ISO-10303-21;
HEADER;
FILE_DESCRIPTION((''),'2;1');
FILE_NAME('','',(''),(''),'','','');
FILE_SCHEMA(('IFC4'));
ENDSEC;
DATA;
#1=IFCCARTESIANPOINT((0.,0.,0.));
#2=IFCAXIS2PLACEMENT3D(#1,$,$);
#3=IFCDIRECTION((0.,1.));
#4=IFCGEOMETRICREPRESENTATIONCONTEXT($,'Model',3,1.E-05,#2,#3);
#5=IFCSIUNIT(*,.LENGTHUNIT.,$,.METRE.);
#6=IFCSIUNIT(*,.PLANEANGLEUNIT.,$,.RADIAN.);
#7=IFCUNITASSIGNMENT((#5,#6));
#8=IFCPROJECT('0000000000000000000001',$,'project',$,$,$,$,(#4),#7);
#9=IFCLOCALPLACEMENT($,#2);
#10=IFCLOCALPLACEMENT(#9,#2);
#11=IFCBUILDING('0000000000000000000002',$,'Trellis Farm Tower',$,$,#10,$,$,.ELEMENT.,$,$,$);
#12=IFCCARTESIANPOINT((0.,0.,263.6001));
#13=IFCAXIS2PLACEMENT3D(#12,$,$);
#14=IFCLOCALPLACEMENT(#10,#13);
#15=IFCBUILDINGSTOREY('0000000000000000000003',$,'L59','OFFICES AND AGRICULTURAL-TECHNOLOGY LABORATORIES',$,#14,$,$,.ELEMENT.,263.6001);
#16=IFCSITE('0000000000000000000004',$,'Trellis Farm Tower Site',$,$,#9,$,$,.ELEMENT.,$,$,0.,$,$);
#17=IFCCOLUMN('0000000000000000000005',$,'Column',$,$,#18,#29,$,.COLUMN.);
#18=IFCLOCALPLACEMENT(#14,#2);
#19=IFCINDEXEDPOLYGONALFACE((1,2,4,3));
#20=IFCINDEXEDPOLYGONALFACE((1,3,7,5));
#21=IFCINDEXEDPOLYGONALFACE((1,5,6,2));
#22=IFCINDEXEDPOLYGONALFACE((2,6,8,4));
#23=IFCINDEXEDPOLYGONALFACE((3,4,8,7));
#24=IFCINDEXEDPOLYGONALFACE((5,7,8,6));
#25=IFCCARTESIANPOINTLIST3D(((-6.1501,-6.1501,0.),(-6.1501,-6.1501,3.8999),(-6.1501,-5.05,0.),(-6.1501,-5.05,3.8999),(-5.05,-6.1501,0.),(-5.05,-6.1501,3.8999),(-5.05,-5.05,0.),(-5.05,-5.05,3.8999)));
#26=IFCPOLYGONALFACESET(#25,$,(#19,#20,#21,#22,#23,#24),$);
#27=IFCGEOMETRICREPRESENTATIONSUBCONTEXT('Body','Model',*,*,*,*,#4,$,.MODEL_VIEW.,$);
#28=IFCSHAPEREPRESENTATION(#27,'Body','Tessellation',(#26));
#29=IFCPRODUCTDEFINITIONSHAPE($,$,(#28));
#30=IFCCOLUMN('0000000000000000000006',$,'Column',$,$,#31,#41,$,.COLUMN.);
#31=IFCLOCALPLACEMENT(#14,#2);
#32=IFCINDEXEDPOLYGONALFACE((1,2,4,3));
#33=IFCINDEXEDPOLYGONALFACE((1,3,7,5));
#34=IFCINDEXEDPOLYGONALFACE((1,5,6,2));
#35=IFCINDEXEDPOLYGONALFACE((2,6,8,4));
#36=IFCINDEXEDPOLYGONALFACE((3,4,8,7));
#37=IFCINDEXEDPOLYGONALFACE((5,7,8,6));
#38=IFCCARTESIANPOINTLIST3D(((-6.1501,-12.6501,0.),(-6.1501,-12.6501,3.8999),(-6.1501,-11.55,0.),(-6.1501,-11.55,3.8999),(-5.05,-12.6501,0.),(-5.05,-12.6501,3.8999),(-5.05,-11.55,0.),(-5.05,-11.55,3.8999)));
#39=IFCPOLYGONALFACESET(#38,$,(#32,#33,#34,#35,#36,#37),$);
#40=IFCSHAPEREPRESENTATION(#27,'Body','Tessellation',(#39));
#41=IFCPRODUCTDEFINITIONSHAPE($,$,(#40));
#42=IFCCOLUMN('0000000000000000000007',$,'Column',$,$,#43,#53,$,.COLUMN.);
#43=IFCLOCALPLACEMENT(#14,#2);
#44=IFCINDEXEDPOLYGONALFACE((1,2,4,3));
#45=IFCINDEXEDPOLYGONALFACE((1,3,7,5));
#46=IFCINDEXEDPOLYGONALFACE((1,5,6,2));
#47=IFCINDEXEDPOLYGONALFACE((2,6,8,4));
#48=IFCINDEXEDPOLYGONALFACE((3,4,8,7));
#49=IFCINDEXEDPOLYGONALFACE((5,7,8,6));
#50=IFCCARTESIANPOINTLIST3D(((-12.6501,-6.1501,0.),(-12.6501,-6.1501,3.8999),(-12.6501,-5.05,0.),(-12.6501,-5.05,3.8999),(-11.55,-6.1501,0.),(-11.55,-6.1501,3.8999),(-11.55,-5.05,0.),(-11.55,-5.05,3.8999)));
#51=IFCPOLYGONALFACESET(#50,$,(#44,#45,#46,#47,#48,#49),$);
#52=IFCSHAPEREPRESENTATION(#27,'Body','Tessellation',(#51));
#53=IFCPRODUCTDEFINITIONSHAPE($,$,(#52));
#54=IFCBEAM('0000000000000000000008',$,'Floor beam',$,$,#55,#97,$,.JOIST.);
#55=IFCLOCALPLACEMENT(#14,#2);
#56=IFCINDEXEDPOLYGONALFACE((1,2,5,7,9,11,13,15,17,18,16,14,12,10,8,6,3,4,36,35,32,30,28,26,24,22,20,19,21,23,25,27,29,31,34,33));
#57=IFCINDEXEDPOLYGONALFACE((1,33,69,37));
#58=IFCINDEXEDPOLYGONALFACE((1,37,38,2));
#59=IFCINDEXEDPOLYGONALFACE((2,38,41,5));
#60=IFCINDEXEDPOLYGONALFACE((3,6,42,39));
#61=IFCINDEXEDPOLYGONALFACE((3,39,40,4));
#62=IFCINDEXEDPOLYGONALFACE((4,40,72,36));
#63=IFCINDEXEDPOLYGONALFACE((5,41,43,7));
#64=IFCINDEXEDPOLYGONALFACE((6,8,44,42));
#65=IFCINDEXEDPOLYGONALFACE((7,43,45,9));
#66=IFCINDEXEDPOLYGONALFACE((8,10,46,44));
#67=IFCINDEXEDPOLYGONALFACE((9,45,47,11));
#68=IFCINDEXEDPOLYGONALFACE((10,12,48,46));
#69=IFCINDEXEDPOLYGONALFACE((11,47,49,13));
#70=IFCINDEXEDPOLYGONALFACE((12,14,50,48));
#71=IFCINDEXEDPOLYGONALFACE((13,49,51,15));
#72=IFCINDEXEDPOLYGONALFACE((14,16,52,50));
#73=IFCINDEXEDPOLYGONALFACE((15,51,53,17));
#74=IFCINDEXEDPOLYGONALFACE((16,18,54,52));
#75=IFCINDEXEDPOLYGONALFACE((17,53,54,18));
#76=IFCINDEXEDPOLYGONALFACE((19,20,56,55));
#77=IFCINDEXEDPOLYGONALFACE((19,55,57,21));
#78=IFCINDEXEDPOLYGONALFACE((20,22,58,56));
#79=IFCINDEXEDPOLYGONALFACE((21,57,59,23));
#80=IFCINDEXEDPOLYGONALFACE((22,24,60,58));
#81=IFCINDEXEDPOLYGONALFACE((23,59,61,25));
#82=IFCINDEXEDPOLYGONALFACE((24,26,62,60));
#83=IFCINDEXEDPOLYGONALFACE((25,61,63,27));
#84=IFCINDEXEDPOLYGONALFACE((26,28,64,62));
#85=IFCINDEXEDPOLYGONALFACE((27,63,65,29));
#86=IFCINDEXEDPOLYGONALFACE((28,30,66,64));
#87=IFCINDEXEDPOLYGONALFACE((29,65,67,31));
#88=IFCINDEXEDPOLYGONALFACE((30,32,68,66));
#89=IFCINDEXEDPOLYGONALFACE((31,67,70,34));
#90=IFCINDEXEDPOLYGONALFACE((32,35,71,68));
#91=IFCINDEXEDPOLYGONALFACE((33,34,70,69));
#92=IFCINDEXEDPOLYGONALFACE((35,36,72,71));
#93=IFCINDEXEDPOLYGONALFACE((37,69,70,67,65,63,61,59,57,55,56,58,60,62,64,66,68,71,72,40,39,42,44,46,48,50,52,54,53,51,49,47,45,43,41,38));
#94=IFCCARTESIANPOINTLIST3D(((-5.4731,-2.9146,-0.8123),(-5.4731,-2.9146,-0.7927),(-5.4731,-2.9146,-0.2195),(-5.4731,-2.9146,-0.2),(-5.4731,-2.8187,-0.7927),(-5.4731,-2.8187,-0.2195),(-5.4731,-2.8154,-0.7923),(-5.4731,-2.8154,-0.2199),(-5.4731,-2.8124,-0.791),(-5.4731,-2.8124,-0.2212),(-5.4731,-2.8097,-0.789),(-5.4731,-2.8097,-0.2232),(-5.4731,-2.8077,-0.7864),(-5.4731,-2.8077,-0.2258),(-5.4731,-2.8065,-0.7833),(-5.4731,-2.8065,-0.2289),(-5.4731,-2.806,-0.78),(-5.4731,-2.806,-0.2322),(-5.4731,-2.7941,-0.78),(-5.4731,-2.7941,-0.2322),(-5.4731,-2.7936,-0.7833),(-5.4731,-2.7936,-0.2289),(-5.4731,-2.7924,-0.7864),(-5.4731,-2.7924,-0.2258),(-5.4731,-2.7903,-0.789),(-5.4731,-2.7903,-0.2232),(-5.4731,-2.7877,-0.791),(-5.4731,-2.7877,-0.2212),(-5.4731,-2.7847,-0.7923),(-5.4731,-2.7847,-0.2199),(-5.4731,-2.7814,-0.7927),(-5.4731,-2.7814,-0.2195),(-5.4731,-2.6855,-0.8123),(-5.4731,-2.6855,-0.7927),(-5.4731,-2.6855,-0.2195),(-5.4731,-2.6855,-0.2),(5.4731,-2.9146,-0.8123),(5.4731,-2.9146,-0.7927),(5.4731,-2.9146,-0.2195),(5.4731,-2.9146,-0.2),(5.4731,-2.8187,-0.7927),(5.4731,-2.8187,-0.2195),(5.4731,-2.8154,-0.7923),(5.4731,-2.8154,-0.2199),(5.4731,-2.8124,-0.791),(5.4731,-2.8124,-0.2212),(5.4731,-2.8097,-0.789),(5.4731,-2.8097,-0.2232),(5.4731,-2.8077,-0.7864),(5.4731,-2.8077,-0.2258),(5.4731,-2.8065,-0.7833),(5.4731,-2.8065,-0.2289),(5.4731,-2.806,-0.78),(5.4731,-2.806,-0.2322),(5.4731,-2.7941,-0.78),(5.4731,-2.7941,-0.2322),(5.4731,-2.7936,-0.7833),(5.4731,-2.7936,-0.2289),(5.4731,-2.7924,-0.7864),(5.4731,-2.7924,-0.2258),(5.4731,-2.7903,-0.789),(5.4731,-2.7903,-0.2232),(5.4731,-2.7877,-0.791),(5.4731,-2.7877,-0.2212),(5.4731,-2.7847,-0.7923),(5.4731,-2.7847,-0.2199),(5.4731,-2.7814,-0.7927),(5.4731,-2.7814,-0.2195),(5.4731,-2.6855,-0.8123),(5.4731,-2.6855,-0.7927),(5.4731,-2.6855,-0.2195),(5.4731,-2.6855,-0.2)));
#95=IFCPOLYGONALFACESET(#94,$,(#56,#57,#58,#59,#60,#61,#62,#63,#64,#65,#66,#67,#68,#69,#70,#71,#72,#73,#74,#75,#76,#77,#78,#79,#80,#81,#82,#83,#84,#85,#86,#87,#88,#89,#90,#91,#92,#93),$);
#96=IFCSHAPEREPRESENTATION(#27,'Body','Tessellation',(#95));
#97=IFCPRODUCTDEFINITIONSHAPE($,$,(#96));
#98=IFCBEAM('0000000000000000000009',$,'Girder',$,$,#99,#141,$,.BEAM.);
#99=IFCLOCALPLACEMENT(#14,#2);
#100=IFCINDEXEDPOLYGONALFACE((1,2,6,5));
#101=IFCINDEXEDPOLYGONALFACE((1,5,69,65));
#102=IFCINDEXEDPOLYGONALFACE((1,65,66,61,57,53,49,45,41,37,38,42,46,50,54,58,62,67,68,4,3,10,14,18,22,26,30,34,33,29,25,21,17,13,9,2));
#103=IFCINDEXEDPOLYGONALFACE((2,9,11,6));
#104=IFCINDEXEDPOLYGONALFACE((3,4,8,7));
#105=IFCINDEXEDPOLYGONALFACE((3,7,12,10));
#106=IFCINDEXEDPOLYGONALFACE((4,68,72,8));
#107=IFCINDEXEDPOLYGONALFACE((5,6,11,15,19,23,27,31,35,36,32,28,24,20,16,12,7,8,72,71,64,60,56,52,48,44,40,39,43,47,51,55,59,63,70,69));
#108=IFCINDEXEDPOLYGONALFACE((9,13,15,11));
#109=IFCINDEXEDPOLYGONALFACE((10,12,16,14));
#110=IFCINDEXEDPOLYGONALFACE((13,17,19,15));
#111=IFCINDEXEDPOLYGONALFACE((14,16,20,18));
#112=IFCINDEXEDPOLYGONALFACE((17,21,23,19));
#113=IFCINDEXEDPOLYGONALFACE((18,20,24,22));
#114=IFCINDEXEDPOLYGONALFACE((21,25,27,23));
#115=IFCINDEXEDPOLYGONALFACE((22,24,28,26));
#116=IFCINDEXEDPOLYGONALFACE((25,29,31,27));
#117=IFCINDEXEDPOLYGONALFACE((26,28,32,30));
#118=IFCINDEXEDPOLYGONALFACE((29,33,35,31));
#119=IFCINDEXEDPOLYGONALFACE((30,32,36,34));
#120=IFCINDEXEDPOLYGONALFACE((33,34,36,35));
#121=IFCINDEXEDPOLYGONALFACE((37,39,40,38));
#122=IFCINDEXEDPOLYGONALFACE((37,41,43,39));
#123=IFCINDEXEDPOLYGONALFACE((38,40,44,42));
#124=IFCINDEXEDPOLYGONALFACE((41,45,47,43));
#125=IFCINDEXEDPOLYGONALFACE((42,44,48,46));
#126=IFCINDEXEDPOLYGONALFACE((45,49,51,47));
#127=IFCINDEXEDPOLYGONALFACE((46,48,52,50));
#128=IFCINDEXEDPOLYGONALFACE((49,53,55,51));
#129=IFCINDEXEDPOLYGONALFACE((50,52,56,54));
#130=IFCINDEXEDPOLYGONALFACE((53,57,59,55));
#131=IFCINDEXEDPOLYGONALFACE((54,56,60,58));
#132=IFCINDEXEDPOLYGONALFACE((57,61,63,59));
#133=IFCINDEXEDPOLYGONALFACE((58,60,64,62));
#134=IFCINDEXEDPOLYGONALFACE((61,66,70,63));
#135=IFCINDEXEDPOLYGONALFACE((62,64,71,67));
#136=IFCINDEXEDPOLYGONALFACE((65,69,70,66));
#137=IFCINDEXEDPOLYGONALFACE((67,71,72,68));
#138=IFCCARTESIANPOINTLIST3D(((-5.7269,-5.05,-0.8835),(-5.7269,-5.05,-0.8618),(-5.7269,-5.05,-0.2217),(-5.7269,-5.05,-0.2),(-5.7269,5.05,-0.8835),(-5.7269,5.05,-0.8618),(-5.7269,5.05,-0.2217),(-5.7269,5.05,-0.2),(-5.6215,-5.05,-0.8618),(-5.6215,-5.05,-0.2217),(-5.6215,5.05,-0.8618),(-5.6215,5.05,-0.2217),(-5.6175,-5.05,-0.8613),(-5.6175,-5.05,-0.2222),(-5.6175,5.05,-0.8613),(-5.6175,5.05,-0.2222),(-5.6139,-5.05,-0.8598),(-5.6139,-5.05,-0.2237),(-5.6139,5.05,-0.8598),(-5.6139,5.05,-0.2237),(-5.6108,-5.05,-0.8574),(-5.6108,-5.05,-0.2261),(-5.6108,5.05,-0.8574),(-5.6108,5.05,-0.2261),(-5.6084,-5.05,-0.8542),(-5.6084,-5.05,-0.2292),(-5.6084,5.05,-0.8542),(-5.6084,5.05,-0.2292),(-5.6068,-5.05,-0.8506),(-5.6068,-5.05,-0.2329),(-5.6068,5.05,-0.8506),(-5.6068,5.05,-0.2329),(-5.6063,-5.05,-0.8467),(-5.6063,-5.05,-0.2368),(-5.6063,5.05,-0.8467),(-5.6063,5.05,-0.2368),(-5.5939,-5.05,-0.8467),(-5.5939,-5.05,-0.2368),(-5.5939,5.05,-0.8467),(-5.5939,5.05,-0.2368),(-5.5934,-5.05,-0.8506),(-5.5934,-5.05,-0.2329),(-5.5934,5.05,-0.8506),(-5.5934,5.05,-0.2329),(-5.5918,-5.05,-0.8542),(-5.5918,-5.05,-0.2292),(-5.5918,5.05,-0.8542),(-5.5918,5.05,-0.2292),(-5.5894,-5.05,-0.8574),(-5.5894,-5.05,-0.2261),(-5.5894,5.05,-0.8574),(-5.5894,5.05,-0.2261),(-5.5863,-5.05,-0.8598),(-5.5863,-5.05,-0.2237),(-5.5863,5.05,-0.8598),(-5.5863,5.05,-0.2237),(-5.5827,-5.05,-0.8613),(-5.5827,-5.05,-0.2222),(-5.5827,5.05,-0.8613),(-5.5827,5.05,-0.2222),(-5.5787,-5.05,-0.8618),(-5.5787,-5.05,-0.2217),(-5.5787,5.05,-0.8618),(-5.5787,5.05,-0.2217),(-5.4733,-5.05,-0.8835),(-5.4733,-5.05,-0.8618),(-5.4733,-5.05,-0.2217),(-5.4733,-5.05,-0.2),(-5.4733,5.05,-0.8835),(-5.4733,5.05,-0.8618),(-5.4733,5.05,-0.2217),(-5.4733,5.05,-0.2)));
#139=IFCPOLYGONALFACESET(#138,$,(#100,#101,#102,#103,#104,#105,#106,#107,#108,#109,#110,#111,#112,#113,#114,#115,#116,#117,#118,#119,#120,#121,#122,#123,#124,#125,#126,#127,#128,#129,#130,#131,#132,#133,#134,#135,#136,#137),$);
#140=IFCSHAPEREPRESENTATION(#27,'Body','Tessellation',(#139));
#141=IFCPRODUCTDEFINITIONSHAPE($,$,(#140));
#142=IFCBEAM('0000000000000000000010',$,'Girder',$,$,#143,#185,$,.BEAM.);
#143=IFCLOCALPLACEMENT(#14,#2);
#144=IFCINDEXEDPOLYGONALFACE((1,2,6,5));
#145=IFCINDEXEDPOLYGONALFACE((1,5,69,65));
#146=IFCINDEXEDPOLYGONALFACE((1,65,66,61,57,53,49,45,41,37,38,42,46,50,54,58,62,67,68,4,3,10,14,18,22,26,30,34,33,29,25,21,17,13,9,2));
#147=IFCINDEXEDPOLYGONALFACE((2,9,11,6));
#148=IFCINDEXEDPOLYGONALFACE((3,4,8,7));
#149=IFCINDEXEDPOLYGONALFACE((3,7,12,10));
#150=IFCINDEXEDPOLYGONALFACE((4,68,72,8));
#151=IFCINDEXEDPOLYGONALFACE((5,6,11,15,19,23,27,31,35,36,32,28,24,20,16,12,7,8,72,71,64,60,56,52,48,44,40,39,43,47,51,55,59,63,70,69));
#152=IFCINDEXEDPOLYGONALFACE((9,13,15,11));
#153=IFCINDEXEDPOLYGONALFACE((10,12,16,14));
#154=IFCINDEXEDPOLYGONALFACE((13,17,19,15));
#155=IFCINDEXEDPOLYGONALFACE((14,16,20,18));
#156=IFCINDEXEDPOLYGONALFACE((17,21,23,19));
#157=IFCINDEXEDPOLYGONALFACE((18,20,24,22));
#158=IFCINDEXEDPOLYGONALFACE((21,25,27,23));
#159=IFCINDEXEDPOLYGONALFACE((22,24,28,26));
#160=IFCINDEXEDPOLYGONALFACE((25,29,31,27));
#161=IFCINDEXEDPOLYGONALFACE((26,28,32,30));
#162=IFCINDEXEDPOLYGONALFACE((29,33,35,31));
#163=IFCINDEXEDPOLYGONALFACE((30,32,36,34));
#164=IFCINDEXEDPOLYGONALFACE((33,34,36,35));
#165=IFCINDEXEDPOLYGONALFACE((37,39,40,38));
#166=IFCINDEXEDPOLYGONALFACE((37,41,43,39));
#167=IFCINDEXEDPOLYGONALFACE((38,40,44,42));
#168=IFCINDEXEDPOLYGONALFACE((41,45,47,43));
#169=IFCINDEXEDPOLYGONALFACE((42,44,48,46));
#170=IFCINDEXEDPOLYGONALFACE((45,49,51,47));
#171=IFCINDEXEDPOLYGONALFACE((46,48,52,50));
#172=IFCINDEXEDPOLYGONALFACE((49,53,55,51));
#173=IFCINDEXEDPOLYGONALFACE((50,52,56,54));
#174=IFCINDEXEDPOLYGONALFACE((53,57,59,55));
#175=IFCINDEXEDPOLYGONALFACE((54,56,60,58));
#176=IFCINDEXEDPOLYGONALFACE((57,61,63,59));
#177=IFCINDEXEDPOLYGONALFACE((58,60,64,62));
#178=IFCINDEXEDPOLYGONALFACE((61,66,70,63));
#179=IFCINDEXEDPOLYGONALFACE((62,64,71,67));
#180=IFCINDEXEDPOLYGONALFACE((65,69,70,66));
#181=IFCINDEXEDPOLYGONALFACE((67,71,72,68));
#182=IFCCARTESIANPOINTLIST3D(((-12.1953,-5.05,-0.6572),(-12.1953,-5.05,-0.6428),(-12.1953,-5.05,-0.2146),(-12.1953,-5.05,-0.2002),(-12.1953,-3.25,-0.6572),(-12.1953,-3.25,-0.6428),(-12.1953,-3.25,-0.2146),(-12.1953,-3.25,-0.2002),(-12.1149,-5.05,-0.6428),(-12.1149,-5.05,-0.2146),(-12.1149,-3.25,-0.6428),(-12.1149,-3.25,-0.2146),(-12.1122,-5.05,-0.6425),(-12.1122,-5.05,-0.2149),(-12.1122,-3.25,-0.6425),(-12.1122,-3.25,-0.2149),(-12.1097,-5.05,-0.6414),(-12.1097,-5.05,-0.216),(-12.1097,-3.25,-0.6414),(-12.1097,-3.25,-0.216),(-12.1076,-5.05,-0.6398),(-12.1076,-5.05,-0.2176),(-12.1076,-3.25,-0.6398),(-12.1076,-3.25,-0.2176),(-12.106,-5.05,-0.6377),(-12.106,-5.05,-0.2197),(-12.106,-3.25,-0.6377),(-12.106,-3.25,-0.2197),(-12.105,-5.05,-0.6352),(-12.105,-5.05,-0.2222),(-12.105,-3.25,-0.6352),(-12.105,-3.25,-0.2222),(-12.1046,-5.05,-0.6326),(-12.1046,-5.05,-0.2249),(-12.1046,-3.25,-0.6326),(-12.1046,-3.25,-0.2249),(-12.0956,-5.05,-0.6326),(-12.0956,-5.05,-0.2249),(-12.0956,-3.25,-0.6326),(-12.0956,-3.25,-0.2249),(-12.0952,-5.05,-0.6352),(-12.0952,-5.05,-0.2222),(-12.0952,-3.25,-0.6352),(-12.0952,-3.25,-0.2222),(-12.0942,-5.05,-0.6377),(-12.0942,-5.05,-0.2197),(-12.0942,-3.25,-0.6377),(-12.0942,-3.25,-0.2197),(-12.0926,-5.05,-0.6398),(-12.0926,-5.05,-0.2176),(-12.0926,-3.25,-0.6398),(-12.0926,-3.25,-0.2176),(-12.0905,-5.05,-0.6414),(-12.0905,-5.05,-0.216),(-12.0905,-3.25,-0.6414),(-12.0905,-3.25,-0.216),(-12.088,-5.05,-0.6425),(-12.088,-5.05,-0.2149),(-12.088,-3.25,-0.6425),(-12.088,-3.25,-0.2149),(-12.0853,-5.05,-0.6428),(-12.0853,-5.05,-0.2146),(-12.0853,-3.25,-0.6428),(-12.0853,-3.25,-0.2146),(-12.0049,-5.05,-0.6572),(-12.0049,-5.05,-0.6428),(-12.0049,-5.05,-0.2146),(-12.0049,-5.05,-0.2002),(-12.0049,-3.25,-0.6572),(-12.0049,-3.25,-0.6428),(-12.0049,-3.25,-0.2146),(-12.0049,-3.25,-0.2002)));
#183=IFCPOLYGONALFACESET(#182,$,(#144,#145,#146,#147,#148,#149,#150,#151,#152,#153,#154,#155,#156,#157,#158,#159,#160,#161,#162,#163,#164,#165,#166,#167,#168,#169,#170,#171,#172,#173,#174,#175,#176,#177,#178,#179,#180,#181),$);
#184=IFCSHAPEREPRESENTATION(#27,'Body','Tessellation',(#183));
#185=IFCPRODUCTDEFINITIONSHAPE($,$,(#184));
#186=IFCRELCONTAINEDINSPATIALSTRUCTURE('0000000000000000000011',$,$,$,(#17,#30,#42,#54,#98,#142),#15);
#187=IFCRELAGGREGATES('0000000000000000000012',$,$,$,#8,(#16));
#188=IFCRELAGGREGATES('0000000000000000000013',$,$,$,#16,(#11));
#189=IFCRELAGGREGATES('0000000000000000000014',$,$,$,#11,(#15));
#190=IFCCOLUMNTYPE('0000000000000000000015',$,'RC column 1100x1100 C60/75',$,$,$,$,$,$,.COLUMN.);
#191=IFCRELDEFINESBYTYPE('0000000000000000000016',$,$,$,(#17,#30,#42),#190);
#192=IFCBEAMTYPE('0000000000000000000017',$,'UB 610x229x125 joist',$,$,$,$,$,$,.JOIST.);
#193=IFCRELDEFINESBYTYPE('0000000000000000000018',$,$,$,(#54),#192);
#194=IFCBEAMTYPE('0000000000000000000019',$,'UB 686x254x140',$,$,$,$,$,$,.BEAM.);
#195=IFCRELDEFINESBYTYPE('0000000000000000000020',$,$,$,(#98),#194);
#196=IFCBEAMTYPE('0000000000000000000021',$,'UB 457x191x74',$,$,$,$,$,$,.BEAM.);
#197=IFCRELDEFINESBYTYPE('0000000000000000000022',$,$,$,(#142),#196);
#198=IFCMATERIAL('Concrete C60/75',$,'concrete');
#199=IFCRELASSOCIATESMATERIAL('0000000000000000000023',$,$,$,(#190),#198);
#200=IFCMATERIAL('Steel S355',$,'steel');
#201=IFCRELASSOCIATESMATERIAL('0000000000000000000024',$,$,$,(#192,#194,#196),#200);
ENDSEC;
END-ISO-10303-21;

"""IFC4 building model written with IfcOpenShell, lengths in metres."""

from ifc_helpers import new_model, si_unit, direction, frame, origin, origin_2d, place, context, subcontext, project, spatial, rectangle, i_section, extrude, source, transform, mapped, material, material_profile, profile_set, type_object, element, save


model = new_model("IFC4")

# Units and contexts
model_context = context("Model", 3, precision=1e-05, world=origin(), true_north=direction((0.0, 1.0)))
body_context = subcontext(model_context, "Body", "Model", "MODEL_VIEW")
ifc_project = project(units=[si_unit("LENGTHUNIT", "METRE"), si_unit("PLANEANGLEUNIT", "RADIAN")], contexts=[model_context])

# Site, building, storey
site_placement = place(None, origin())
site = spatial("IfcSite", under=ifc_project, at=site_placement, Name="Trellis Farm Tower Site", CompositionType="ELEMENT", RefElevation=0.0)
building_placement = place(site_placement, origin())
building = spatial("IfcBuilding", under=site, at=building_placement, Name="Trellis Farm Tower", CompositionType="ELEMENT")
storey_placement = place(building_placement, frame((0.0, 0.0, 263.6001)))
storey = spatial("IfcBuildingStorey", under=building, at=storey_placement, Name="L59", Description="OFFICES AND AGRICULTURAL-TECHNOLOGY LABORATORIES", CompositionType="ELEMENT", Elevation=263.6001)

# Columns
ifc_material_1 = material(Name="Concrete C60/75", Category="concrete")
ifc_material_profile_1 = material_profile(ifc_material_1, rectangle(XDim=1.1001, YDim=1.1001, at=origin_2d()), Name="RC column 1100x1100 C60/75")
ifc_profile_set_1 = profile_set([ifc_material_profile_1], Name="Concrete C60/75")
column_type = type_object("IfcColumnType", Name="RC column 1100x1100 C60/75", PredefinedType="COLUMN", material=ifc_profile_set_1)
shared_shape_1 = source(origin(), body_context, "Body", "SweptSolid", [
    extrude(rectangle(XDim=1.1001, YDim=1.1001, at=origin_2d()), origin(), (0.0, 0.0, 1.0), 3.8999),
])
for number, where, z_axis, x_axis, name in (
    (1, (-5.6001, -5.6001, 0.0), (0.0, 0.0, 1.0), (1.0, 0.0, 0.0), "Column"),
    (2, (-5.6001, -12.1001, 0.0), (0.0, 0.0, 1.0), (1.0, 0.0, 0.0), "Column"),
    (3, (-12.1001, -5.6001, 0.0), (0.0, 0.0, 1.0), (1.0, 0.0, 0.0), "Column"),
):
    element("IfcColumn", number, at=place(storey_placement, frame(where, z_axis=z_axis, x_axis=x_axis)), inside=storey, type_object=column_type, Name=name, PredefinedType="COLUMN", context=body_context, shape_type="MappedRepresentation", body=[
        mapped(shared_shape_1, transform((0.0, 0.0, 0.0))),
    ])

# Beams
ifc_material_2 = material(Name="Steel S355", Category="steel")
ifc_material_profile_2 = material_profile(ifc_material_2, i_section(OverallWidth=0.229, OverallDepth=0.6123, WebThickness=0.012, FlangeThickness=0.0195, FilletRadius=0.0127, at=origin_2d()), Name="UB 610x229x125")
ifc_profile_set_2 = profile_set([ifc_material_profile_2], Name="Steel S355")
beam_type_1 = type_object("IfcBeamType", Name="UB 610x229x125 joist", PredefinedType="JOIST", material=ifc_profile_set_2)
shared_shape_2 = source(origin(), body_context, "Body", "SweptSolid", [
    extrude(i_section(OverallWidth=0.229, OverallDepth=0.6123, WebThickness=0.012, FlangeThickness=0.0195, FilletRadius=0.0127, at=origin_2d()), origin(), (0.0, 0.0, 1.0), 10.9463),
])
beam_1_placement = place(storey_placement, frame((-5.4731, -2.8, -0.5061), z_axis=(1.0, 0.0, 0.0), x_axis=(0.0, 1.0, 0.0)))
element("IfcBeam", 4, at=beam_1_placement, inside=storey, type_object=beam_type_1, Name="Floor beam", PredefinedType="JOIST", context=body_context, shape_type="MappedRepresentation", body=[
    mapped(shared_shape_2, transform((0.0, 0.0, 0.0))),
])
ifc_material_profile_3 = material_profile(ifc_material_2, i_section(OverallWidth=0.2537, OverallDepth=0.6836, WebThickness=0.0125, FlangeThickness=0.0217, FilletRadius=0.0151, at=origin_2d()), Name="UB 686x254x140")
ifc_profile_set_3 = profile_set([ifc_material_profile_3], Name="Steel S355")
beam_type_2 = type_object("IfcBeamType", Name="UB 686x254x140", PredefinedType="BEAM", material=ifc_profile_set_3)
shared_shape_3 = source(origin(), body_context, "Body", "SweptSolid", [
    extrude(i_section(OverallWidth=0.2537, OverallDepth=0.6836, WebThickness=0.0125, FlangeThickness=0.0217, FilletRadius=0.0151, at=origin_2d()), origin(), (0.0, 0.0, 1.0), 10.1001),
])
beam_2_placement = place(storey_placement, frame((-5.6001, -5.05, -0.5417), z_axis=(0.0, 1.0, 0.0), x_axis=(-1.0, 0.0, 0.0)))
element("IfcBeam", 5, at=beam_2_placement, inside=storey, type_object=beam_type_2, Name="Girder", PredefinedType="BEAM", context=body_context, shape_type="MappedRepresentation", body=[
    mapped(shared_shape_3, transform((0.0, 0.0, 0.0))),
])
ifc_material_profile_4 = material_profile(ifc_material_2, i_section(OverallWidth=0.1904, OverallDepth=0.457, WebThickness=0.009, FlangeThickness=0.0144, FilletRadius=0.0103, at=origin_2d()), Name="UB 457x191x74")
ifc_profile_set_4 = profile_set([ifc_material_profile_4], Name="Steel S355")
beam_type_3 = type_object("IfcBeamType", Name="UB 457x191x74", PredefinedType="BEAM", material=ifc_profile_set_4)
shared_shape_4 = source(origin(), body_context, "Body", "SweptSolid", [
    extrude(i_section(OverallWidth=0.1904, OverallDepth=0.457, WebThickness=0.009, FlangeThickness=0.0144, FilletRadius=0.0103, at=origin_2d()), origin(), (0.0, 0.0, 1.0), 1.8),
])
beam_3_placement = place(storey_placement, frame((-12.1001, -5.05, -0.4287), z_axis=(0.0, 1.0, 0.0), x_axis=(-1.0, 0.0, 0.0)))
element("IfcBeam", 6, at=beam_3_placement, inside=storey, type_object=beam_type_3, Name="Girder", PredefinedType="BEAM", context=body_context, shape_type="MappedRepresentation", body=[
    mapped(shared_shape_4, transform((0.0, 0.0, 0.0))),
])

save(model, "model.ifc")
